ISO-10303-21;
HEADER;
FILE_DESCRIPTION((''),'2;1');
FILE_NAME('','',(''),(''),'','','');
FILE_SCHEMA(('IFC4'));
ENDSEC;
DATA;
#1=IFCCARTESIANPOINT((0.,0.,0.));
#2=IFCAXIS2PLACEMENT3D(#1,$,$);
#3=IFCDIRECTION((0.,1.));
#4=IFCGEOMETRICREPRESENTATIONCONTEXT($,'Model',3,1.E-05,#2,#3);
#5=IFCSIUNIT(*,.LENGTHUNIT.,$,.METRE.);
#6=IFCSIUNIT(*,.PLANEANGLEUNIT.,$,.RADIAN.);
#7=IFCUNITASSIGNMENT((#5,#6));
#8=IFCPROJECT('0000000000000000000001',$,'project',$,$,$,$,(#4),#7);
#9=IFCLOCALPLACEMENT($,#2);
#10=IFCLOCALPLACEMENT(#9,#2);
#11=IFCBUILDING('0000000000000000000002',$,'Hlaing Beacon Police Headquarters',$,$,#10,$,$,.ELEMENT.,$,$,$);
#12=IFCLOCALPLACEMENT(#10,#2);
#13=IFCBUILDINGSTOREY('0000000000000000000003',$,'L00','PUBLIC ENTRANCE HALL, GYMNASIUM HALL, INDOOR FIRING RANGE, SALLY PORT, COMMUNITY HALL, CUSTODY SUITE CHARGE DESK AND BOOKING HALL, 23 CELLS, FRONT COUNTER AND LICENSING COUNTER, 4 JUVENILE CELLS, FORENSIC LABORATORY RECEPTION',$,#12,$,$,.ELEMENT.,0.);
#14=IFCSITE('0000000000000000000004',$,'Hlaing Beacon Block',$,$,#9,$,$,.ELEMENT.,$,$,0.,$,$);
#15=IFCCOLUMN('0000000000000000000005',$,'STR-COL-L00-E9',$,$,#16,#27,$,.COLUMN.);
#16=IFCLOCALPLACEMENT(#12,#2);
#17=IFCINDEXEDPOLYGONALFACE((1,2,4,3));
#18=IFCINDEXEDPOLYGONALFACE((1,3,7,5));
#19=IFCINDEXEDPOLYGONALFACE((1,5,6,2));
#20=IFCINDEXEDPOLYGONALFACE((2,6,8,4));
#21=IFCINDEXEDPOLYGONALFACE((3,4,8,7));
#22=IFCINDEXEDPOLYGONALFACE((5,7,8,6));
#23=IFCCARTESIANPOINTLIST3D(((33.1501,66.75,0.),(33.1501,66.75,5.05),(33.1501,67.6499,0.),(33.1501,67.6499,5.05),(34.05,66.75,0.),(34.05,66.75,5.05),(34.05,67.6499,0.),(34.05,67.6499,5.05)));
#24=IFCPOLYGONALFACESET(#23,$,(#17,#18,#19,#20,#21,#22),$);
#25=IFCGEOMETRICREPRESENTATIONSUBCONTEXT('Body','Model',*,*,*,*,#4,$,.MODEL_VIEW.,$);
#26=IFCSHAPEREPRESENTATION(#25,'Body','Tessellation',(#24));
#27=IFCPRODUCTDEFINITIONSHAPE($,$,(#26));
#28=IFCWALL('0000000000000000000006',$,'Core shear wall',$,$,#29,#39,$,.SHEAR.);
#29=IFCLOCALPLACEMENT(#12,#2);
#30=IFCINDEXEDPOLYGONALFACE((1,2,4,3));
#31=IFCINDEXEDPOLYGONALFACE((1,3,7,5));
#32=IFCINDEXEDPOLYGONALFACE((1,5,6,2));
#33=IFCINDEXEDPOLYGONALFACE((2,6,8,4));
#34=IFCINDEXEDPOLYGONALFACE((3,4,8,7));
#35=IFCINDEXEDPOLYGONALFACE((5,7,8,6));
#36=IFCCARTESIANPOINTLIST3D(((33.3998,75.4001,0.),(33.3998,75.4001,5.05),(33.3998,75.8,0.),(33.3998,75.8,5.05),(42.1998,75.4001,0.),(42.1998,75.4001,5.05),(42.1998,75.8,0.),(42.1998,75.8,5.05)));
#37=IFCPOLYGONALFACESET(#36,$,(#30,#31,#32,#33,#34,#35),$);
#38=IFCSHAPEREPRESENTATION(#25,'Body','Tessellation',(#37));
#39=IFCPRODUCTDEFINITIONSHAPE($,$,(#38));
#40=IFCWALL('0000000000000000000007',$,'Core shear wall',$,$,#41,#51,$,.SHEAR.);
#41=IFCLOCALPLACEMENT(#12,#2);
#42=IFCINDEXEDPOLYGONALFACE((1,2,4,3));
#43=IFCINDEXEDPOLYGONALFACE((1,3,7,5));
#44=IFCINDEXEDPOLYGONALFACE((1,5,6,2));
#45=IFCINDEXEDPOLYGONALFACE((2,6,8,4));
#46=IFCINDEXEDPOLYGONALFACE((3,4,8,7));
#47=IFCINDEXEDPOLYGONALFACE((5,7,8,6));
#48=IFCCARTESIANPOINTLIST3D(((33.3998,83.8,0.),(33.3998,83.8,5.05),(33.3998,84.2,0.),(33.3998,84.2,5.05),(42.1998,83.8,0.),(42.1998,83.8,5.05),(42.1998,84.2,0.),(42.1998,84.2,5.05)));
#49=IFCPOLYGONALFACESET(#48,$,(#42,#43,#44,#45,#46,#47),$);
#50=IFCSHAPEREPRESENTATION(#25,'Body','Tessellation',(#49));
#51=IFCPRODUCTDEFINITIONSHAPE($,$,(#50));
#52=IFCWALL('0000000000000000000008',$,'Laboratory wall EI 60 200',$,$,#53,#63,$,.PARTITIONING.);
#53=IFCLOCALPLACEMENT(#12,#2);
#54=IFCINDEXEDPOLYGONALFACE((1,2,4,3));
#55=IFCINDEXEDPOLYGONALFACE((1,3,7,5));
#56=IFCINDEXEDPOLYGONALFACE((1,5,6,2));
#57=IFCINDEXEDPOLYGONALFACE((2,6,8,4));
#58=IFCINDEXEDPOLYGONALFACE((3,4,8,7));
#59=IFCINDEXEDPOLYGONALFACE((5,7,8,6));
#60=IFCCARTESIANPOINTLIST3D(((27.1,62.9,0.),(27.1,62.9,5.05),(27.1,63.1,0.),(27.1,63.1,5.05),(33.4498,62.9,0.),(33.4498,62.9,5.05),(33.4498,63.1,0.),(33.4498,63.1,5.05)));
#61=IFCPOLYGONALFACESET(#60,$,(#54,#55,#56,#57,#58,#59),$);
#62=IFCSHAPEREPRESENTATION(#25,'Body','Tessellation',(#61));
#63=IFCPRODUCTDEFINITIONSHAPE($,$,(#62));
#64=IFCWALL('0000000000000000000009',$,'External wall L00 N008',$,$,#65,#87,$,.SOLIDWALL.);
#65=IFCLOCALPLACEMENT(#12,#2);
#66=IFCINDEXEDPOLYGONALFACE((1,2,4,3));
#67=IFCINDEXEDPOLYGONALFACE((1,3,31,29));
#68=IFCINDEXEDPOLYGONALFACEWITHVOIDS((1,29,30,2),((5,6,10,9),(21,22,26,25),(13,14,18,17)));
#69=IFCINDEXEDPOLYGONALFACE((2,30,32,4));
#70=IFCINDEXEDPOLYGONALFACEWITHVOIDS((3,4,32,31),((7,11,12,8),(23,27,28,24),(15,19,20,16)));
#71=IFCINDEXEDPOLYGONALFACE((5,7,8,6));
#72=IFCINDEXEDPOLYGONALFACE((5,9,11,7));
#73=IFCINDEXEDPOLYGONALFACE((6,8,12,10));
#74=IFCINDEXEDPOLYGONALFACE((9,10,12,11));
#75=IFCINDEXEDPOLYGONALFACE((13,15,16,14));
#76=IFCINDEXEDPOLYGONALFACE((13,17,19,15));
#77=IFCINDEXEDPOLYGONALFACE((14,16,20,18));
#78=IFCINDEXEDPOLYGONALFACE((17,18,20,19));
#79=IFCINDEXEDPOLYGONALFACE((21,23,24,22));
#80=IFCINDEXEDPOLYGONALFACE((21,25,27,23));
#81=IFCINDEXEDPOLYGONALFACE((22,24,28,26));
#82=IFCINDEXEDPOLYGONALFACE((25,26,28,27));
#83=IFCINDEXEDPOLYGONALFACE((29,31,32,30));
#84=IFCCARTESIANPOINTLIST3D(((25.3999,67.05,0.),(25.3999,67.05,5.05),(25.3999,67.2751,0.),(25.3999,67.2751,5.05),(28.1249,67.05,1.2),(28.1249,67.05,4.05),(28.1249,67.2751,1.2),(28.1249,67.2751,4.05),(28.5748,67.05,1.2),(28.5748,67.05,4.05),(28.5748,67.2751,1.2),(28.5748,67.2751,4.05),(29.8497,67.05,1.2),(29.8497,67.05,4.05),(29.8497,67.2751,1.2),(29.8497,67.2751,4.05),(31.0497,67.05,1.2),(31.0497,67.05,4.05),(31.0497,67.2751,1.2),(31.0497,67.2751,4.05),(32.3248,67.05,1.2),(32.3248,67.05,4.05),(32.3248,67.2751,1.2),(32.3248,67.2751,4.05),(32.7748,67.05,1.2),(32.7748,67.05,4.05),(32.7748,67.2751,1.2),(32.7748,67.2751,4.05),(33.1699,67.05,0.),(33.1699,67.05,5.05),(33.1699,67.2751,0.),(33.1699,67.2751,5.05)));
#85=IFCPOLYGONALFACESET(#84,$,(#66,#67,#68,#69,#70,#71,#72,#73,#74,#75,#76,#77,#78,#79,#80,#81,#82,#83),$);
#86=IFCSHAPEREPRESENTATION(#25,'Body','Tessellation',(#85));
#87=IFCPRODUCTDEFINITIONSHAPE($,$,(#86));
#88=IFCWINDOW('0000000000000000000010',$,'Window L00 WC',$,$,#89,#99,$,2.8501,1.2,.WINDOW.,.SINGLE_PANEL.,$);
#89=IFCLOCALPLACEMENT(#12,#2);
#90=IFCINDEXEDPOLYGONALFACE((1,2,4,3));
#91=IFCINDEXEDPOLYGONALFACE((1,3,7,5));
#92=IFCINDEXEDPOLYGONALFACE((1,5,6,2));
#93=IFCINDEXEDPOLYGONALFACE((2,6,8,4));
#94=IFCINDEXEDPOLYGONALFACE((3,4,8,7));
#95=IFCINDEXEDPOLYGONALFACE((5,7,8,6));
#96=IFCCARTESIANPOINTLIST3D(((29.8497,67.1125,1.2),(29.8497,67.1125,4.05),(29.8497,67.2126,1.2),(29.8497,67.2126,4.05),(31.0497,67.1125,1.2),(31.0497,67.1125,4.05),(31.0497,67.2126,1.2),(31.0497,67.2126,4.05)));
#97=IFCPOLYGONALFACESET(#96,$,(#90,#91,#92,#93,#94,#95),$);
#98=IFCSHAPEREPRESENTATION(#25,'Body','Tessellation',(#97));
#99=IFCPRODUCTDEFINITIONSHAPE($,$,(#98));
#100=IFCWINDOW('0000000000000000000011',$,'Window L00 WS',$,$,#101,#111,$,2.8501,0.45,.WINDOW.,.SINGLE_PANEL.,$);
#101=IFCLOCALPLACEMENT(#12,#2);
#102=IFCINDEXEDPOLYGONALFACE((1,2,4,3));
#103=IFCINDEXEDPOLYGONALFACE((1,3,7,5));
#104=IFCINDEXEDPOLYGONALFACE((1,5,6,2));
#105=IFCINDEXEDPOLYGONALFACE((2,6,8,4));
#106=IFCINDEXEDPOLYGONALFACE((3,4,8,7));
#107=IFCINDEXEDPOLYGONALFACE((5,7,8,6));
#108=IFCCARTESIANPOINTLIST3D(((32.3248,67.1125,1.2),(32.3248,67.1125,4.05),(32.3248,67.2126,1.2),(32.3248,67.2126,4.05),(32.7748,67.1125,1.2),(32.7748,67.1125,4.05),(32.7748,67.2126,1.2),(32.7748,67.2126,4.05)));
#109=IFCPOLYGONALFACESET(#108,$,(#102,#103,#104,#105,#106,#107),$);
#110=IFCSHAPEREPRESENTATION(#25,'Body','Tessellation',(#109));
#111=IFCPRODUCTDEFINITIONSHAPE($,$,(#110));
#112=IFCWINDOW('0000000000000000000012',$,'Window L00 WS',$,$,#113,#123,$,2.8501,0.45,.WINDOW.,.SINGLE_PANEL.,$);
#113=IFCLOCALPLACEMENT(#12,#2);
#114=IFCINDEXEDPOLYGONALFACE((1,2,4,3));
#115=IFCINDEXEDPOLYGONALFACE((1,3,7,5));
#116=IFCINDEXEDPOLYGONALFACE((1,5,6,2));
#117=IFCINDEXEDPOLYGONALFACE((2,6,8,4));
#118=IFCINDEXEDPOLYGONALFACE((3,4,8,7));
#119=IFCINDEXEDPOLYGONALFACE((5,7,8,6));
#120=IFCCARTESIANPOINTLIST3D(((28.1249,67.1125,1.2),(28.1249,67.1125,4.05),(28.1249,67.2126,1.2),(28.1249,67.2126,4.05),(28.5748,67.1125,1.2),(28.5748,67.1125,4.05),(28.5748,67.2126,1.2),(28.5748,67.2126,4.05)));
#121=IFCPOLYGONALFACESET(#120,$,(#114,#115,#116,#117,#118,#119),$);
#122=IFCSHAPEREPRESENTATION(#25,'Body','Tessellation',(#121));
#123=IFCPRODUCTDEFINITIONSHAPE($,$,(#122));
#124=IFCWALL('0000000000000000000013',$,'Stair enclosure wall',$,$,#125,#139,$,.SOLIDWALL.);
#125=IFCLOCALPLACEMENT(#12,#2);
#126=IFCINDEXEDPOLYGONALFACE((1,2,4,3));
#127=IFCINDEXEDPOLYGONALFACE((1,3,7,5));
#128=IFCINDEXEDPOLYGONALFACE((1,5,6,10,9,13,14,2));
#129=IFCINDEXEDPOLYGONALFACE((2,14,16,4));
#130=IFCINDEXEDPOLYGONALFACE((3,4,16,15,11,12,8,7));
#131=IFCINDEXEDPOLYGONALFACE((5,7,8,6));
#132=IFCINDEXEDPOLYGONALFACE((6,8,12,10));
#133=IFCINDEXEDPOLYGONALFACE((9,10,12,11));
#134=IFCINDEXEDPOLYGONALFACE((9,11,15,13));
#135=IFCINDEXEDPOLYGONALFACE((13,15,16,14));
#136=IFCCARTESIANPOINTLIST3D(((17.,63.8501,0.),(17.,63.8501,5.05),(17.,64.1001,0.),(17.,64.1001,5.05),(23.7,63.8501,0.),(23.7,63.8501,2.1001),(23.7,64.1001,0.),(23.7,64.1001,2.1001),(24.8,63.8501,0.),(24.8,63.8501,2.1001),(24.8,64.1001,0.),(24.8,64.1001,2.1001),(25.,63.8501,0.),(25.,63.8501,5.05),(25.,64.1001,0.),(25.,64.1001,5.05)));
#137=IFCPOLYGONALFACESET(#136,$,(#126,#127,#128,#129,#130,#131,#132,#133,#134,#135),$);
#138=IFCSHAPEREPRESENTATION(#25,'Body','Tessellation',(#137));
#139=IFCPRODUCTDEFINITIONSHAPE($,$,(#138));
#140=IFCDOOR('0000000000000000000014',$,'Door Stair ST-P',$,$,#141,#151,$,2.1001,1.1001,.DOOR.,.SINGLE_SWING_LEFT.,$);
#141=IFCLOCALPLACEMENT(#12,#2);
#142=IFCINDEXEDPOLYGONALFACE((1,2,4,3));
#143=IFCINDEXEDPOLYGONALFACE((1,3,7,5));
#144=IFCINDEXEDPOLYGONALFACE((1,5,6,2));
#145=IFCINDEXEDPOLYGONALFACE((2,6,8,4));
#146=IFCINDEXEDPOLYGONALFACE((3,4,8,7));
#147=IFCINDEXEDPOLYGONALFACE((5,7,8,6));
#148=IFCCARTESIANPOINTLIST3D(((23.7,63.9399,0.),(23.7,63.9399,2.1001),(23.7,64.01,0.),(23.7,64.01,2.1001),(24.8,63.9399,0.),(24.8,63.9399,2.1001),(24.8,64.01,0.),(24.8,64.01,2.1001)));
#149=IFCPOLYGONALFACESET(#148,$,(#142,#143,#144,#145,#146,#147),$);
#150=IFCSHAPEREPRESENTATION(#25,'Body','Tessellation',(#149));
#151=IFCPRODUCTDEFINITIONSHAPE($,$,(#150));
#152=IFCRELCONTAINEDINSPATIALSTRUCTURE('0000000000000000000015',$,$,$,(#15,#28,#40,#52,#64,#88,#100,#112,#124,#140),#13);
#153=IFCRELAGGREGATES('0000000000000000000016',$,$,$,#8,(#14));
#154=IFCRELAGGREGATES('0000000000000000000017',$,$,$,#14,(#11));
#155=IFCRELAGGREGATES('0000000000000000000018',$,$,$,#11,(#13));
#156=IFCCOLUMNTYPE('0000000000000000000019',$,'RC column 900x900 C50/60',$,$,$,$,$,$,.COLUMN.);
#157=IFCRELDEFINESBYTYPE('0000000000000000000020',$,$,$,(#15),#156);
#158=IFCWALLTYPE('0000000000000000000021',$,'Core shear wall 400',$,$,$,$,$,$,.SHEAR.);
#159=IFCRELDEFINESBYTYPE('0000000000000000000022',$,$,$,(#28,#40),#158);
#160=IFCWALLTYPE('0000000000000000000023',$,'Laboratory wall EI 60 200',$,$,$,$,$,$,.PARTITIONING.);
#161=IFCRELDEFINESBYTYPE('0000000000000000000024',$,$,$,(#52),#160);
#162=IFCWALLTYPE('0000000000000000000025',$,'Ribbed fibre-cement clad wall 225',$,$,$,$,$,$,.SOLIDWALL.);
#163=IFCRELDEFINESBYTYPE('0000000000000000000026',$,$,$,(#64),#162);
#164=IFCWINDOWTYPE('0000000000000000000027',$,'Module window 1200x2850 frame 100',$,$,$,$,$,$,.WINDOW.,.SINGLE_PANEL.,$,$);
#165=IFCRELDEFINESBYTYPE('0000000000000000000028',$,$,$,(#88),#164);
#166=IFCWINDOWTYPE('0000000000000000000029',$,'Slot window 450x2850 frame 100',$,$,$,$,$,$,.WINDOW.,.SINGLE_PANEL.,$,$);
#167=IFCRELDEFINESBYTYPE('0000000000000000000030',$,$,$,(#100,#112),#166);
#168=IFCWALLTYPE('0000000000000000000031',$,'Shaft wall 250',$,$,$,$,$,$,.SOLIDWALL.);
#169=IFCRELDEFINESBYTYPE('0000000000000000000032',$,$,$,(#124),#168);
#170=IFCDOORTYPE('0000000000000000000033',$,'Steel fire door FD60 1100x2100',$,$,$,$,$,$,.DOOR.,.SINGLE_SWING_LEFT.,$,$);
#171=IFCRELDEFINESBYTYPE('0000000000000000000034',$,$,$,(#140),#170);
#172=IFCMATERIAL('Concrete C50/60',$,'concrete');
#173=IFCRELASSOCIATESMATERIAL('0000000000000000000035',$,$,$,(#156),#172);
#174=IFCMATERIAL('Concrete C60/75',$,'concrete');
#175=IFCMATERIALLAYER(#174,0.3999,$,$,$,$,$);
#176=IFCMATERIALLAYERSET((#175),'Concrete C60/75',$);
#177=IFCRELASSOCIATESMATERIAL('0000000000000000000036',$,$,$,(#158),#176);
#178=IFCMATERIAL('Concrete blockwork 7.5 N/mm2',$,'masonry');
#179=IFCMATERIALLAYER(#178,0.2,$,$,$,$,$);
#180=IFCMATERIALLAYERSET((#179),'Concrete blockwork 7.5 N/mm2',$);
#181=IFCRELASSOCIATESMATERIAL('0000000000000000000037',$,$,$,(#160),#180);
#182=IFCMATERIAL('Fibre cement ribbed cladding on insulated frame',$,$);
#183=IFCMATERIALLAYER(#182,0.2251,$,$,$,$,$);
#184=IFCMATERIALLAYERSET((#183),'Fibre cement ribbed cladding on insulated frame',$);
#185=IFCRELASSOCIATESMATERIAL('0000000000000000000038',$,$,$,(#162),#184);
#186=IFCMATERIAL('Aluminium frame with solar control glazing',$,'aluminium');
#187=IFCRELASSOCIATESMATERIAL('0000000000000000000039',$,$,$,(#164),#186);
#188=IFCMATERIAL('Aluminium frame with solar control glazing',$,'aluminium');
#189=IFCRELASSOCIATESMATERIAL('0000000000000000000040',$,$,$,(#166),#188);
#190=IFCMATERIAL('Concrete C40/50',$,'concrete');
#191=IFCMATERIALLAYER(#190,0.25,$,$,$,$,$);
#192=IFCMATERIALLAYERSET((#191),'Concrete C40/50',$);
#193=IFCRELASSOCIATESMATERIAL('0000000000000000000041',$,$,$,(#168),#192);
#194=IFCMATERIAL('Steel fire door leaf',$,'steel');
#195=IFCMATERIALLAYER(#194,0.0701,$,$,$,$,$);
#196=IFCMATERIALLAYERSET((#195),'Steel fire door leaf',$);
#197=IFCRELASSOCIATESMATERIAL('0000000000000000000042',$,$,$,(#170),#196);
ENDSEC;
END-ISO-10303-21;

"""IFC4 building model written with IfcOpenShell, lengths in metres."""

from ifc_helpers import new_model, si_unit, direction, frame, frame_2d, origin, origin_2d, place, context, subcontext, project, spatial, rectangle, extrude, material, layer, layer_set, material_profile, profile_set, type_object, element, fill, save


model = new_model("IFC4")

# Units and contexts
model_context = context("Model", 3, precision=1e-05, world=origin(), true_north=direction((0.0, 1.0)))
body_context = subcontext(model_context, "Body", "Model", "MODEL_VIEW")
ifc_project = project(units=[si_unit("LENGTHUNIT", "METRE"), si_unit("PLANEANGLEUNIT", "RADIAN")], contexts=[model_context])

# Site, building, storey
site_placement = place(None, origin())
site = spatial("IfcSite", under=ifc_project, at=site_placement, Name="Hlaing Beacon Block", CompositionType="ELEMENT", RefElevation=0.0)
building_placement = place(site_placement, origin())
building = spatial("IfcBuilding", under=site, at=building_placement, Name="Hlaing Beacon Police Headquarters", CompositionType="ELEMENT")
storey_placement = place(building_placement, origin())
storey = spatial("IfcBuildingStorey", under=building, at=storey_placement, Name="L00", Description="PUBLIC ENTRANCE HALL, GYMNASIUM HALL, INDOOR FIRING RANGE, SALLY PORT, COMMUNITY HALL, CUSTODY SUITE CHARGE DESK AND BOOKING HALL, 23 CELLS, FRONT COUNTER AND LICENSING COUNTER, 4 JUVENILE CELLS, FORENSIC LABORATORY RECEPTION", CompositionType="ELEMENT", Elevation=0.0)

# Column
ifc_material_1 = material(Name="Concrete C50/60", Category="concrete")
ifc_material_profile = material_profile(ifc_material_1, rectangle(XDim=0.8999, YDim=0.8999, at=origin_2d()), Name="900x900")
ifc_profile_set = profile_set([ifc_material_profile], Name="Concrete C50/60")
column_type = type_object("IfcColumnType", Name="RC column 900x900 C50/60", PredefinedType="COLUMN", material=ifc_profile_set)
column_placement = place(storey_placement, frame((33.6001, 67.2, 0.0), z_axis=(0.0, 0.0, 1.0), x_axis=(1.0, 0.0, 0.0)))
element("IfcColumn", 1, at=column_placement, inside=storey, type_object=column_type, Name="STR-COL-L00-E9", PredefinedType="COLUMN", context=body_context, shape_type="SweptSolid", body=[
    extrude(rectangle(XDim=0.8999, YDim=0.8999, at=origin_2d()), origin(), (0.0, 0.0, 1.0), 5.05),
])

# Walls
ifc_material_2 = material(Name="Concrete C60/75", Category="concrete")
ifc_layer_1 = layer(ifc_material_2, 0.3999)
ifc_layer_set_1 = layer_set([ifc_layer_1], Name="Concrete C60/75")
wall_type_1 = type_object("IfcWallType", Name="Core shear wall 400", PredefinedType="SHEAR", material=ifc_layer_set_1)
for number, where, z_axis, x_axis, name in (
    (2, (33.3999, 75.6001, 0.0), (0.0, 0.0, 1.0), (1.0, 0.0, 0.0), "Core shear wall"),
    (3, (33.3999, 84.0, 0.0), (0.0, 0.0, 1.0), (1.0, 0.0, 0.0), "Core shear wall"),
):
    element("IfcWall", number, at=place(storey_placement, frame(where, z_axis=z_axis, x_axis=x_axis)), inside=storey, type_object=wall_type_1, Name=name, PredefinedType="SHEAR", context=body_context, shape_type="SweptSolid", body=[
        extrude(rectangle(XDim=8.8, YDim=0.3999, at=frame_2d((4.3999, 0.0))), origin(), (0.0, 0.0, 1.0), 5.05),
    ])
ifc_material_3 = material(Name="Concrete blockwork 7.5 N/mm2", Category="masonry")
ifc_layer_2 = layer(ifc_material_3, 0.2)
ifc_layer_set_2 = layer_set([ifc_layer_2], Name="Concrete blockwork 7.5 N/mm2")
wall_type_2 = type_object("IfcWallType", Name="Laboratory wall EI 60 200", PredefinedType="PARTITIONING", material=ifc_layer_set_2)
wall_1_placement = place(storey_placement, frame((27.1001, 63.0, 0.0), z_axis=(0.0, 0.0, 1.0), x_axis=(1.0, 0.0, 0.0)))
element("IfcWall", 4, at=wall_1_placement, inside=storey, type_object=wall_type_2, Name="Laboratory wall EI 60 200", PredefinedType="PARTITIONING", context=body_context, shape_type="SweptSolid", body=[
    extrude(rectangle(XDim=6.3499, YDim=0.2, at=frame_2d((3.1748, 0.0))), origin(), (0.0, 0.0, 1.0), 5.05),
])

# Wall, openings, windows
ifc_material_4 = material(Name="Fibre cement ribbed cladding on insulated frame")
ifc_layer_3 = layer(ifc_material_4, 0.2251)
ifc_layer_set_3 = layer_set([ifc_layer_3], Name="Fibre cement ribbed cladding on insulated frame")
wall_type_3 = type_object("IfcWallType", Name="Ribbed fibre-cement clad wall 225", PredefinedType="SOLIDWALL", material=ifc_layer_set_3)
wall_2_placement = place(storey_placement, frame((33.1699, 67.1626, 0.0), z_axis=(0.0, 0.0, 1.0), x_axis=(-1.0, 0.0, 0.0)))
wall_2 = element("IfcWall", 5, at=wall_2_placement, inside=storey, type_object=wall_type_3, Name="External wall L00 N008", PredefinedType="SOLIDWALL", context=body_context, shape_type="SweptSolid", body=[
    extrude(rectangle(XDim=7.77, YDim=0.2251, at=frame_2d((3.885, 0.0))), origin(), (0.0, 0.0, 1.0), 5.05),
])
opening_1_placement = place(wall_2_placement, frame((0.395, 0.0, 1.2)))
opening_1 = element("IfcOpeningElement", 6, at=opening_1_placement, cuts=wall_2, PredefinedType="OPENING", context=body_context, shape_type="SweptSolid", body=[
    extrude(rectangle(XDim=0.45, YDim=2.8501, at=frame_2d((0.2251, 1.425))), frame((0.0, 0.1226, 0.0), z_axis=(0.0, -1.0, 0.0), x_axis=(1.0, 0.0, 0.0)), (0.0, 0.0, 1.0), 0.2451),
])
opening_2_placement = place(wall_2_placement, frame((2.1201, 0.0, 1.2)))
opening_2 = element("IfcOpeningElement", 7, at=opening_2_placement, cuts=wall_2, PredefinedType="OPENING", context=body_context, shape_type="SweptSolid", body=[
    extrude(rectangle(XDim=1.2, YDim=2.8501, at=frame_2d((0.6001, 1.425))), frame((0.0, 0.1226, 0.0), z_axis=(0.0, -1.0, 0.0), x_axis=(1.0, 0.0, 0.0)), (0.0, 0.0, 1.0), 0.2451),
])
opening_3_placement = place(wall_2_placement, frame((4.595, 0.0, 1.2)))
opening_3 = element("IfcOpeningElement", 8, at=opening_3_placement, cuts=wall_2, PredefinedType="OPENING", context=body_context, shape_type="SweptSolid", body=[
    extrude(rectangle(XDim=0.45, YDim=2.8501, at=frame_2d((0.2251, 1.425))), frame((0.0, 0.1226, 0.0), z_axis=(0.0, -1.0, 0.0), x_axis=(1.0, 0.0, 0.0)), (0.0, 0.0, 1.0), 0.2451),
])
ifc_material_5 = material(Name="Aluminium frame with solar control glazing", Category="aluminium")
window_type_1 = type_object("IfcWindowType", Name="Module window 1200x2850 frame 100", PartitioningType="SINGLE_PANEL", PredefinedType="WINDOW", material=ifc_material_5)
window_1_placement = place(opening_2_placement, origin())
window_1 = element("IfcWindow", 9, at=window_1_placement, inside=storey, type_object=window_type_1, Name="Window L00 WC", OverallHeight=2.8501, OverallWidth=1.2, PartitioningType="SINGLE_PANEL", PredefinedType="WINDOW", context=body_context, shape_type="SweptSolid", body=[
    extrude(rectangle(XDim=1.2, YDim=2.8501, at=frame_2d((0.6001, 1.425))), frame((0.0, 0.05, 0.0), z_axis=(0.0, -1.0, 0.0), x_axis=(1.0, 0.0, 0.0)), (0.0, 0.0, 1.0), 0.1001),
])
fill(opening_2, window_1)
ifc_material_6 = material(Name="Aluminium frame with solar control glazing", Category="aluminium")
window_type_2 = type_object("IfcWindowType", Name="Slot window 450x2850 frame 100", PartitioningType="SINGLE_PANEL", PredefinedType="WINDOW", material=ifc_material_6)
window_2_placement = place(opening_1_placement, origin())
window_2 = element("IfcWindow", 10, at=window_2_placement, inside=storey, type_object=window_type_2, Name="Window L00 WS", OverallHeight=2.8501, OverallWidth=0.45, PartitioningType="SINGLE_PANEL", PredefinedType="WINDOW", context=body_context, shape_type="SweptSolid", body=[
    extrude(rectangle(XDim=0.45, YDim=2.8501, at=frame_2d((0.2251, 1.425))), frame((0.0, 0.05, 0.0), z_axis=(0.0, -1.0, 0.0), x_axis=(1.0, 0.0, 0.0)), (0.0, 0.0, 1.0), 0.1001),
])
fill(opening_1, window_2)
window_3_placement = place(opening_3_placement, origin())
window_3 = element("IfcWindow", 11, at=window_3_placement, inside=storey, type_object=window_type_2, Name="Window L00 WS", OverallHeight=2.8501, OverallWidth=0.45, PartitioningType="SINGLE_PANEL", PredefinedType="WINDOW", context=body_context, shape_type="SweptSolid", body=[
    extrude(rectangle(XDim=0.45, YDim=2.8501, at=frame_2d((0.2251, 1.425))), frame((0.0, 0.05, 0.0), z_axis=(0.0, -1.0, 0.0), x_axis=(1.0, 0.0, 0.0)), (0.0, 0.0, 1.0), 0.1001),
])
fill(opening_3, window_3)

# Wall, opening, door
ifc_material_7 = material(Name="Concrete C40/50", Category="concrete")
ifc_layer_4 = layer(ifc_material_7, 0.25)
ifc_layer_set_4 = layer_set([ifc_layer_4], Name="Concrete C40/50")
wall_type_4 = type_object("IfcWallType", Name="Shaft wall 250", PredefinedType="SOLIDWALL", material=ifc_layer_set_4)
wall_3_placement = place(storey_placement, frame((25.0, 63.9751, 0.0), z_axis=(0.0, 0.0, 1.0), x_axis=(-1.0, 0.0, 0.0)))
wall_3 = element("IfcWall", 12, at=wall_3_placement, inside=storey, type_object=wall_type_4, Name="Stair enclosure wall", PredefinedType="SOLIDWALL", context=body_context, shape_type="SweptSolid", body=[
    extrude(rectangle(XDim=8.0, YDim=0.25, at=frame_2d((4.0, 0.0))), origin(), (0.0, 0.0, 1.0), 5.05),
])
opening_4_placement = place(wall_3_placement, frame((0.2, 0.0, 0.0)))
opening_4 = element("IfcOpeningElement", 13, at=opening_4_placement, cuts=wall_3, PredefinedType="OPENING", context=body_context, shape_type="SweptSolid", body=[
    extrude(rectangle(XDim=1.1001, YDim=2.1001, at=frame_2d((0.55, 1.05))), frame((0.0, 0.135, 0.0), z_axis=(0.0, -1.0, 0.0), x_axis=(1.0, 0.0, 0.0)), (0.0, 0.0, 1.0), 0.27),
])
ifc_material_8 = material(Name="Steel fire door leaf", Category="steel")
ifc_layer_5 = layer(ifc_material_8, 0.0701)
ifc_layer_set_5 = layer_set([ifc_layer_5], Name="Steel fire door leaf")
door_type = type_object("IfcDoorType", Name="Steel fire door FD60 1100x2100", OperationType="SINGLE_SWING_LEFT", PredefinedType="DOOR", material=ifc_layer_set_5)
door_placement = place(opening_4_placement, frame((1.1001, 0.0, 0.0), z_axis=(0.0, 0.0, 1.0), x_axis=(-1.0, 0.0, 0.0)))
door = element("IfcDoor", 14, at=door_placement, inside=storey, type_object=door_type, Name="Door Stair ST-P", OperationType="SINGLE_SWING_LEFT", OverallHeight=2.1001, OverallWidth=1.1001, PredefinedType="DOOR", context=body_context, shape_type="SweptSolid", body=[
    extrude(rectangle(XDim=1.1001, YDim=2.1001, at=frame_2d((0.55, 1.05))), frame((0.0, 0.0349, 0.0), z_axis=(0.0, -1.0, 0.0), x_axis=(1.0, 0.0, 0.0)), (0.0, 0.0, 1.0), 0.0701),
])
fill(opening_4, door)

save(model, "model.ifc")
